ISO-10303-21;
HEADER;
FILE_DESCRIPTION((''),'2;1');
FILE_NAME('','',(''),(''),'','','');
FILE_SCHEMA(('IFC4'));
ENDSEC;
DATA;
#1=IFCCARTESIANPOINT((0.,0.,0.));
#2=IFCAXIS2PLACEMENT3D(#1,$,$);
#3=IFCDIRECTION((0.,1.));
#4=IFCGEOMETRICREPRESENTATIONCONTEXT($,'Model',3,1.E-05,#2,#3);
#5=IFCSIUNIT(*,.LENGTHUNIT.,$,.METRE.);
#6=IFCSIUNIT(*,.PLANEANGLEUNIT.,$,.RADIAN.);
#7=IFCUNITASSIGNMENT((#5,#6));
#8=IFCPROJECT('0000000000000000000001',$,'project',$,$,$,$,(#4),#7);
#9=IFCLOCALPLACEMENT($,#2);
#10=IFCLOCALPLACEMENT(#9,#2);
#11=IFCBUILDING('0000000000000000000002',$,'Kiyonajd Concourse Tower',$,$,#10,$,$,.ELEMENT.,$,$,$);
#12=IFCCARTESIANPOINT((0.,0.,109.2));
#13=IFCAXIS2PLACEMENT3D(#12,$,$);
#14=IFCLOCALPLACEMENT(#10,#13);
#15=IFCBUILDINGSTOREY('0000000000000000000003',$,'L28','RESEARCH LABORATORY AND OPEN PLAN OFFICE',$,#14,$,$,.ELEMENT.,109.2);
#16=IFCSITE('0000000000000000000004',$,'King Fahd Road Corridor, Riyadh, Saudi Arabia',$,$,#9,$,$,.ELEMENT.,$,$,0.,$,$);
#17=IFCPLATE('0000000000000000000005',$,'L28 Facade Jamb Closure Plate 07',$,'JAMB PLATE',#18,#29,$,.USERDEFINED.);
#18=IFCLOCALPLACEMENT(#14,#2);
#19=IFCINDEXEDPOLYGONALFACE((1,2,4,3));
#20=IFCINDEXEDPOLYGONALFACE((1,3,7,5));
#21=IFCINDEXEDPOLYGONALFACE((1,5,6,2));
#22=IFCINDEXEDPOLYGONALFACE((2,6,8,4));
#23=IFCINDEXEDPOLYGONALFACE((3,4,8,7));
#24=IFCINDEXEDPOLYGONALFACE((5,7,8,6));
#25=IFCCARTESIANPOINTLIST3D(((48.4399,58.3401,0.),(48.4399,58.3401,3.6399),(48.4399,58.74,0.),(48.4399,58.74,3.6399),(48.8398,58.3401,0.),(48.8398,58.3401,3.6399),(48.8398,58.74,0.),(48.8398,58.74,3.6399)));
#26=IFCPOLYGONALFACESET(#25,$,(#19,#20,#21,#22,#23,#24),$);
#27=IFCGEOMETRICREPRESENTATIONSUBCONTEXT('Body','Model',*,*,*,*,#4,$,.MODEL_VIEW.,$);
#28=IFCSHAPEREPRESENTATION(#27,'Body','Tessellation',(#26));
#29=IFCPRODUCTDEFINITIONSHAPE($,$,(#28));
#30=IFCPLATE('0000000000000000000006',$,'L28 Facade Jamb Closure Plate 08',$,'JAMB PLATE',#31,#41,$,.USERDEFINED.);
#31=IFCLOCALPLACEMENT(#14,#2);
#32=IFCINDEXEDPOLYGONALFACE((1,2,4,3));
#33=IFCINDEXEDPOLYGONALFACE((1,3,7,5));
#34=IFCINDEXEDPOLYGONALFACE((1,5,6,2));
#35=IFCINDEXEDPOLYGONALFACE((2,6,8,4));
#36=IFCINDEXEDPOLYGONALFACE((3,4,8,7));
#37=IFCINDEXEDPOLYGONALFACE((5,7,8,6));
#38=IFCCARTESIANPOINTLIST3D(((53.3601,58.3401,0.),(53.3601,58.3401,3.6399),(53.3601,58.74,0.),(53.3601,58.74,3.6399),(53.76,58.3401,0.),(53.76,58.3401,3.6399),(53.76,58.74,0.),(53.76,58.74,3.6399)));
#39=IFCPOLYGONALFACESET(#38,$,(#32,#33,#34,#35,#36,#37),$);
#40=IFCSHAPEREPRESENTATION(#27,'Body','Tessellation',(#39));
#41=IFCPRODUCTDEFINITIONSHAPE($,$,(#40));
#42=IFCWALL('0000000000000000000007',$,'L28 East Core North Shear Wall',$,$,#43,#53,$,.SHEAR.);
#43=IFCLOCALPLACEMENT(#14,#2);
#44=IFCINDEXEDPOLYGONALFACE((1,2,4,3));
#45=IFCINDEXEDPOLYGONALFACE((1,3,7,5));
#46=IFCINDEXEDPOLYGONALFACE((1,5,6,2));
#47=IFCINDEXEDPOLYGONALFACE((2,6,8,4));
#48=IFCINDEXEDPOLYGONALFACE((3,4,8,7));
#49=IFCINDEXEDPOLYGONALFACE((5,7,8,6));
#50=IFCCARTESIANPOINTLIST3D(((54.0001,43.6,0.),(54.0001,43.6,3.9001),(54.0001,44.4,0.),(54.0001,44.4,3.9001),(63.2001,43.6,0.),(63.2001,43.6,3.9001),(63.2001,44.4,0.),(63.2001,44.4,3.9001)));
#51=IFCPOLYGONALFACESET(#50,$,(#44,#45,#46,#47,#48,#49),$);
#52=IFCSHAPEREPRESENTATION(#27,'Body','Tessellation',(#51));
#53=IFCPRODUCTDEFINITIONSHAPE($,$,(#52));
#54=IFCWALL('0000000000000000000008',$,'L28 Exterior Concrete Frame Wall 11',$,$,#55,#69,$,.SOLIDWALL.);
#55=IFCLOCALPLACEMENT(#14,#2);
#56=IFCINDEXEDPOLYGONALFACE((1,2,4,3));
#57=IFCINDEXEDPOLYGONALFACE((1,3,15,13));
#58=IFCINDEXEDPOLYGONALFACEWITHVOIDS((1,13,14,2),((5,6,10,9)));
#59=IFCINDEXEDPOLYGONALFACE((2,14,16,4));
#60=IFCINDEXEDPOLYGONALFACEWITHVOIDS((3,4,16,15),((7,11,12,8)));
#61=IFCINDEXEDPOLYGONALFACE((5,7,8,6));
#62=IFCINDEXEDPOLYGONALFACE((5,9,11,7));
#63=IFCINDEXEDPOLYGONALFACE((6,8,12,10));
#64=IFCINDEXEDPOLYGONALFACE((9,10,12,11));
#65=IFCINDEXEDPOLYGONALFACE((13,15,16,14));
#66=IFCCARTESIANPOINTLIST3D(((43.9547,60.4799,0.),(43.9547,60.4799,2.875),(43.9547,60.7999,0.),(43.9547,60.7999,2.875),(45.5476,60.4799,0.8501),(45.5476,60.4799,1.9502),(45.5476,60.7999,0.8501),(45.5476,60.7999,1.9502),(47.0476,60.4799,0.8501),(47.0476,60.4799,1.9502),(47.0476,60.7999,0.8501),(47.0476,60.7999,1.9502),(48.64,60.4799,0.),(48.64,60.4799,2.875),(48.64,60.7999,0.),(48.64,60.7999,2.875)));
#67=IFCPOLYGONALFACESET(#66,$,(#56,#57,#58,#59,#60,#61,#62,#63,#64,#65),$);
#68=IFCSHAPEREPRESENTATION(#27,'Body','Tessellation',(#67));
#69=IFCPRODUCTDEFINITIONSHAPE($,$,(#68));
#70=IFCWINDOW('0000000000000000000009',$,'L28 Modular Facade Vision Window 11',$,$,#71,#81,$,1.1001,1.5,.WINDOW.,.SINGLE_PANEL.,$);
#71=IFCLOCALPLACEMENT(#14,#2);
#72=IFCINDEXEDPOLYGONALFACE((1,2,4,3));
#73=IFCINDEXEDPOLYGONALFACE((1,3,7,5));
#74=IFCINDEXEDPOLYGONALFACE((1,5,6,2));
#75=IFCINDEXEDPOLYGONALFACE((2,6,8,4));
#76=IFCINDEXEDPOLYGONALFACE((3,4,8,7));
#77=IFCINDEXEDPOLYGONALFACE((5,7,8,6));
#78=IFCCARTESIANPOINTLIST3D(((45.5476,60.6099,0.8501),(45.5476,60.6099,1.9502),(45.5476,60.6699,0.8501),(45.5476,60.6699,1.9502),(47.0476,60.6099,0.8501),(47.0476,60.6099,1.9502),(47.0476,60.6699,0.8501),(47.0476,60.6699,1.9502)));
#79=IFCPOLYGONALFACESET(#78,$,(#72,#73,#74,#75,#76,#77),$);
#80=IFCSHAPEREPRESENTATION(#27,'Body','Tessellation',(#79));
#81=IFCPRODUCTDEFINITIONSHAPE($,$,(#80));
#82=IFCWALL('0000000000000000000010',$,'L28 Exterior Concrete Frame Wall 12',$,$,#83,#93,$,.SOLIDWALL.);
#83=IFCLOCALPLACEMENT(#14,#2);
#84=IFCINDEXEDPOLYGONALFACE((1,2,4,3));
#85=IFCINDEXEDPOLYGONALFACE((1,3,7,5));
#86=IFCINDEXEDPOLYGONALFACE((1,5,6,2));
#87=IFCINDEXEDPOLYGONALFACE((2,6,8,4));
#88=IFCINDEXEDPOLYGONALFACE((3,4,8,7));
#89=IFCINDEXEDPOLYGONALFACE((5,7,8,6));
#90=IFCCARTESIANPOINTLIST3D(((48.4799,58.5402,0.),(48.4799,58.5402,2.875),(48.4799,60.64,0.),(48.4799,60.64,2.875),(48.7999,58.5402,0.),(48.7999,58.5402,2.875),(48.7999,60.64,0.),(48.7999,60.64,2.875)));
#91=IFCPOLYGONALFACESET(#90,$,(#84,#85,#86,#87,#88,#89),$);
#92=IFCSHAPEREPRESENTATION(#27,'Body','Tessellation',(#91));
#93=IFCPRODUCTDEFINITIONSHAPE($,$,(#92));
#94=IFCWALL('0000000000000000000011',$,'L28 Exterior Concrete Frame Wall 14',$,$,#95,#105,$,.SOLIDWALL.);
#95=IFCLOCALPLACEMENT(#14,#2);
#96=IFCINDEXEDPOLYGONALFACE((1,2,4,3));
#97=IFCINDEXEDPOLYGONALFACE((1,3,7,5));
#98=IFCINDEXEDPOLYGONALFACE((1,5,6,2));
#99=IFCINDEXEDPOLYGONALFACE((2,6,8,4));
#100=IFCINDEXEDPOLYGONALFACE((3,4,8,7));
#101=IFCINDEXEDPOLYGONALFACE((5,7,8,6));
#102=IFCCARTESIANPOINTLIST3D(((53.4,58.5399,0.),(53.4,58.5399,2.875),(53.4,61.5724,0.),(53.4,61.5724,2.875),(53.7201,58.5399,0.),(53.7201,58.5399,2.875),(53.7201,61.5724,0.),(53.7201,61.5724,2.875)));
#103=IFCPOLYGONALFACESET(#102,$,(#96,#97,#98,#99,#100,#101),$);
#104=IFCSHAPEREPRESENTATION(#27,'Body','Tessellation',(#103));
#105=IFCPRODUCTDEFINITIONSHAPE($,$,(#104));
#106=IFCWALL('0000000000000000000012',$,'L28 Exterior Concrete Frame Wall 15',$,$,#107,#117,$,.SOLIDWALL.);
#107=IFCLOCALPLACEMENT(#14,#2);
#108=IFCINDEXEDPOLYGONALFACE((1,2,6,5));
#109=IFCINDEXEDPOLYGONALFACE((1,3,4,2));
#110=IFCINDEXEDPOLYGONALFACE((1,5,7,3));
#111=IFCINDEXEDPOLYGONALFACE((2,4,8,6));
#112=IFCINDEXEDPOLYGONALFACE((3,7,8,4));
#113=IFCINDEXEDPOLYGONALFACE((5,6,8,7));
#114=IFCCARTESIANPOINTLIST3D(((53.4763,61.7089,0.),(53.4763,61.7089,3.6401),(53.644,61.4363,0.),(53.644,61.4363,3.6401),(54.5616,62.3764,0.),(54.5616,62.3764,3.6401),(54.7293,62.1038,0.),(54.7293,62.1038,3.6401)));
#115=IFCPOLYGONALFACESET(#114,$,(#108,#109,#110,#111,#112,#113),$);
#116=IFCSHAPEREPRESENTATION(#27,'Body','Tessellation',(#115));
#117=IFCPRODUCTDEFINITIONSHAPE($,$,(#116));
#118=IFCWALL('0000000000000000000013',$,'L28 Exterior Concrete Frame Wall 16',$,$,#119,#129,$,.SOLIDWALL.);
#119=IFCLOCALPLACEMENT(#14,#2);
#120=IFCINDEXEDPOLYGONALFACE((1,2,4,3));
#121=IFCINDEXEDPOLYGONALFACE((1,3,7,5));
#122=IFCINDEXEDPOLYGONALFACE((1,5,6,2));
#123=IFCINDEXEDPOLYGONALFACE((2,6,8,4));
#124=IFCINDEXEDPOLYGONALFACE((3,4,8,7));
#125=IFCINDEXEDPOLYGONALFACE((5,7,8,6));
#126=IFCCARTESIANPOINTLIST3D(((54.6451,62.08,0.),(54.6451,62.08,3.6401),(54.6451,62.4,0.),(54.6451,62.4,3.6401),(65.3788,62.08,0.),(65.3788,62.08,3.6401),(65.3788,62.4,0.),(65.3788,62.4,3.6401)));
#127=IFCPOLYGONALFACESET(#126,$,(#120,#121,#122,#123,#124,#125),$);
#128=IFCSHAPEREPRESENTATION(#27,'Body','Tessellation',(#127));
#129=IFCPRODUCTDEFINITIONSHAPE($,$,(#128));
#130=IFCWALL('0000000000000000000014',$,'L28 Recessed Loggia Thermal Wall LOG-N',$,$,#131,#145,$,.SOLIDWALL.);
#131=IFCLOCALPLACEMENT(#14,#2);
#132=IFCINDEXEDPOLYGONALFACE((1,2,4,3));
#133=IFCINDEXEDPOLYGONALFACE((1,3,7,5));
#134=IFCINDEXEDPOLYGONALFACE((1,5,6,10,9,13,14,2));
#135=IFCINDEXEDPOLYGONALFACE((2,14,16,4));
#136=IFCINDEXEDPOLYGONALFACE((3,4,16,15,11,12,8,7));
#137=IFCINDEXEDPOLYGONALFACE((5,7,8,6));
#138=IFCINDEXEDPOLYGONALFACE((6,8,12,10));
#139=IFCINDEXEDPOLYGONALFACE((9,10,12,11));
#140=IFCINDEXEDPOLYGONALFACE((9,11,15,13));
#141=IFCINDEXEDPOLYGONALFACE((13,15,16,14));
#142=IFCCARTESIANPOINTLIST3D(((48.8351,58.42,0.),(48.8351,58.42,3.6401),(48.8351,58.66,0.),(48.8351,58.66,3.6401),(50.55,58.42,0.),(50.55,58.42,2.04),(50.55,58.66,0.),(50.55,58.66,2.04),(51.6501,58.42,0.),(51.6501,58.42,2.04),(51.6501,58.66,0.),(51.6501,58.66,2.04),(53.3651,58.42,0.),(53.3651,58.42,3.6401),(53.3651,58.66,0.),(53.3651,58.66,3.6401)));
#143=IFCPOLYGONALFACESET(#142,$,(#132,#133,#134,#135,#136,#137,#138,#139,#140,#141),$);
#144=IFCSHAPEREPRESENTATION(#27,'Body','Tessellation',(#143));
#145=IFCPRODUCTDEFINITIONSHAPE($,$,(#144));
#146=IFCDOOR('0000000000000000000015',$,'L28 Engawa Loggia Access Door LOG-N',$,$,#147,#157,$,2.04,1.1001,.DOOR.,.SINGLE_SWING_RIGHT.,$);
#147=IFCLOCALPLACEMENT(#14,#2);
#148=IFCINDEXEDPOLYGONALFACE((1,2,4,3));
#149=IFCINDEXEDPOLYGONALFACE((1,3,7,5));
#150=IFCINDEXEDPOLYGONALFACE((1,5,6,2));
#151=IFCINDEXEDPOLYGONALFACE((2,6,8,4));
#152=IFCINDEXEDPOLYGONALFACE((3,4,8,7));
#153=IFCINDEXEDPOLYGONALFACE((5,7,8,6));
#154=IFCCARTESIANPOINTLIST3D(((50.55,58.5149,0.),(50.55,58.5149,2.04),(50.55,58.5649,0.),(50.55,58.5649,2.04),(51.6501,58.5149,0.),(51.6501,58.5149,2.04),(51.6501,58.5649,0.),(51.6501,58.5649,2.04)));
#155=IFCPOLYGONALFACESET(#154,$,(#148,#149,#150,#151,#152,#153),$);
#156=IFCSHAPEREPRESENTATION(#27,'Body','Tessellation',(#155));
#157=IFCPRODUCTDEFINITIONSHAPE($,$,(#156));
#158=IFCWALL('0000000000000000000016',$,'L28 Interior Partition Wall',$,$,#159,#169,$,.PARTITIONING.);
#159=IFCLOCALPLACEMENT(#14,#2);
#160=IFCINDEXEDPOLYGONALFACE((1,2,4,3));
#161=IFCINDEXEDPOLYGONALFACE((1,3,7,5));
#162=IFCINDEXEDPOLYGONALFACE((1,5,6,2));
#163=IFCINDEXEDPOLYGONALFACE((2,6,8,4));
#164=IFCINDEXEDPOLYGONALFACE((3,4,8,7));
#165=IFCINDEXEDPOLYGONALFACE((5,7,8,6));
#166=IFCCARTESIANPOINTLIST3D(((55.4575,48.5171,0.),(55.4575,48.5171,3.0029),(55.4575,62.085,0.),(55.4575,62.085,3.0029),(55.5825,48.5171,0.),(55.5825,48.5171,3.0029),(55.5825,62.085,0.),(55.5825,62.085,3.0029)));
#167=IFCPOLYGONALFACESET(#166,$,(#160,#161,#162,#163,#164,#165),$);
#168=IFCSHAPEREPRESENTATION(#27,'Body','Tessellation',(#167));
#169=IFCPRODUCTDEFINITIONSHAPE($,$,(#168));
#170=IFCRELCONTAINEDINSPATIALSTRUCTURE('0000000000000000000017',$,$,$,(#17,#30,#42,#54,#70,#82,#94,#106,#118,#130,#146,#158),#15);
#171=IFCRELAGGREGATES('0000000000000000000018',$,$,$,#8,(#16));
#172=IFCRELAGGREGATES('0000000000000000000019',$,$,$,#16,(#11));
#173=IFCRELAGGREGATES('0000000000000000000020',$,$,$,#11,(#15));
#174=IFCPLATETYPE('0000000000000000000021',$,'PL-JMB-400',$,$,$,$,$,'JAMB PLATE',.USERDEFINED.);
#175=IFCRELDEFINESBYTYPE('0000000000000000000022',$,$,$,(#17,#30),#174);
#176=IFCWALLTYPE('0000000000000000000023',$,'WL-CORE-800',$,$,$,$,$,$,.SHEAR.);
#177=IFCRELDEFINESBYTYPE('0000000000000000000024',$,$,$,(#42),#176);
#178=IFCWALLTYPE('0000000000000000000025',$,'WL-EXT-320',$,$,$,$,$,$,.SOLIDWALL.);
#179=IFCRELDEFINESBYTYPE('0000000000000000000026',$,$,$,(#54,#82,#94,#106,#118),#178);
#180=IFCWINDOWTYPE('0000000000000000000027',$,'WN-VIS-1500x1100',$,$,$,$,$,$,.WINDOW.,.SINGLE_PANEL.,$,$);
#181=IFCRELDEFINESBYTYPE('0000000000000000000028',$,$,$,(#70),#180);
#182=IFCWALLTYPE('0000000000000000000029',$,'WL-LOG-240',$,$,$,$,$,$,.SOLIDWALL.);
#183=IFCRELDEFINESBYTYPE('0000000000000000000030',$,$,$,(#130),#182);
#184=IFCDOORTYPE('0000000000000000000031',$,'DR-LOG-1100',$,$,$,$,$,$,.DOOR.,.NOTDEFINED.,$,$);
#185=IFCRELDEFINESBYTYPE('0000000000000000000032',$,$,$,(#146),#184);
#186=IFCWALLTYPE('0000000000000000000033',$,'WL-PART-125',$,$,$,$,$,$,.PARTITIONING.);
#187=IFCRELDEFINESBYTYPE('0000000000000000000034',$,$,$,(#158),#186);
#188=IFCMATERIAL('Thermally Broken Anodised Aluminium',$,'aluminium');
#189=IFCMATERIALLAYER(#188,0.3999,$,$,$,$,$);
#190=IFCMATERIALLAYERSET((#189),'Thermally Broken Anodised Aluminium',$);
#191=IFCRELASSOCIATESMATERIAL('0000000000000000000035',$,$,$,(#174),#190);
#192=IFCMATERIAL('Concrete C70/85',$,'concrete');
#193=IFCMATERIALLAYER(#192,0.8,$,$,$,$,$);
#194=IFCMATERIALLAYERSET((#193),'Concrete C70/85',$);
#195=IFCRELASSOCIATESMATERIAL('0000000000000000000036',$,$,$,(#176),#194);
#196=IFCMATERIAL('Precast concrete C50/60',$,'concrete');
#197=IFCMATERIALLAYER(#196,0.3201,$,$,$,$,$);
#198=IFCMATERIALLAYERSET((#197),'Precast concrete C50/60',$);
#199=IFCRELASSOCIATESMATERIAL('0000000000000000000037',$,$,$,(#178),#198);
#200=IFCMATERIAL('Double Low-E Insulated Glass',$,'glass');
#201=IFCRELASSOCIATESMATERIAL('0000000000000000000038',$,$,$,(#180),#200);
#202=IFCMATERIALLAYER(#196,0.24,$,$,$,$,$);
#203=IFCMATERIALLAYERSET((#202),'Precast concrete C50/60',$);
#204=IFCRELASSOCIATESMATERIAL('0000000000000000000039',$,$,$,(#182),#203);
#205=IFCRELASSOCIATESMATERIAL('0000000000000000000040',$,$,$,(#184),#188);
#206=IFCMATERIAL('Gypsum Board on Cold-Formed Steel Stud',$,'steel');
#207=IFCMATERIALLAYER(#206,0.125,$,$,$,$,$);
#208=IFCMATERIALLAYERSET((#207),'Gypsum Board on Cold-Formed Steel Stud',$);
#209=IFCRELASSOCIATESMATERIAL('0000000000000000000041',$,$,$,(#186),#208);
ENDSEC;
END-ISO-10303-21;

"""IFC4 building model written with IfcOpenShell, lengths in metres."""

from ifc_helpers import new_model, si_unit, direction, frame, frame_2d, origin, origin_2d, place, context, subcontext, project, spatial, rectangle, extrude, material, layer, layer_set, type_object, element, fill, save


model = new_model("IFC4")

# Units and contexts
model_context = context("Model", 3, precision=1e-05, world=origin(), true_north=direction((0.0, 1.0)))
body_context = subcontext(model_context, "Body", "Model", "MODEL_VIEW")
ifc_project = project(units=[si_unit("LENGTHUNIT", "METRE"), si_unit("PLANEANGLEUNIT", "RADIAN")], contexts=[model_context])

# Site, building, storey
site_placement = place(None, origin())
site = spatial("IfcSite", under=ifc_project, at=site_placement, Name="King Fahd Road Corridor, Riyadh, Saudi Arabia", CompositionType="ELEMENT", RefElevation=0.0)
building_placement = place(site_placement, origin())
building = spatial("IfcBuilding", under=site, at=building_placement, Name="Kiyonajd Concourse Tower", CompositionType="ELEMENT")
storey_placement = place(building_placement, frame((0.0, 0.0, 109.2)))
storey = spatial("IfcBuildingStorey", under=building, at=storey_placement, Name="L28", Description="RESEARCH LABORATORY AND OPEN PLAN OFFICE", CompositionType="ELEMENT", Elevation=109.2)

# Shared definitions
ifc_material_1 = material(Name="Concrete C70/85", Category="concrete")

# Shared definitions
ifc_material_2 = material(Name="Precast concrete C50/60", Category="concrete")

# Plates
ifc_material_3 = material(Name="Thermally Broken Anodised Aluminium", Category="aluminium")
ifc_layer_1 = layer(ifc_material_3, 0.3999)
ifc_layer_set_1 = layer_set([ifc_layer_1], Name="Thermally Broken Anodised Aluminium")
plate_type = type_object("IfcPlateType", Name="PL-JMB-400", ElementType="JAMB PLATE", PredefinedType="USERDEFINED", material=ifc_layer_set_1)
for number, where, z_axis, x_axis, name in (
    (1, (48.6399, 58.54, 0.0), (0.0, 0.0, 1.0), (1.0, 0.0, 0.0), "L28 Facade Jamb Closure Plate 07"),
    (2, (53.5601, 58.54, 0.0), (0.0, 0.0, 1.0), (1.0, 0.0, 0.0), "L28 Facade Jamb Closure Plate 08"),
):
    element("IfcPlate", number, at=place(storey_placement, frame(where, z_axis=z_axis, x_axis=x_axis)), inside=storey, type_object=plate_type, Name=name, ObjectType="JAMB PLATE", PredefinedType="USERDEFINED", context=body_context, shape_type="SweptSolid", body=[
        extrude(rectangle(XDim=0.3999, YDim=0.3999, at=origin_2d()), origin(), (0.0, 0.0, 1.0), 3.6399),
    ])

# Wall
ifc_layer_2 = layer(ifc_material_1, 0.8)
ifc_layer_set_2 = layer_set([ifc_layer_2], Name="Concrete C70/85")
wall_type_1 = type_object("IfcWallType", Name="WL-CORE-800", PredefinedType="SHEAR", material=ifc_layer_set_2)
wall_1_placement = place(storey_placement, frame((54.0, 44.0, 0.0), z_axis=(0.0, 0.0, 1.0), x_axis=(1.0, 0.0, 0.0)))
element("IfcWall", 3, at=wall_1_placement, inside=storey, type_object=wall_type_1, Name="L28 East Core North Shear Wall", PredefinedType="SHEAR", context=body_context, shape_type="SweptSolid", body=[
    extrude(rectangle(XDim=9.2, YDim=0.8, at=frame_2d((4.6001, 0.0))), origin(), (0.0, 0.0, 1.0), 3.9001),
])

# Wall, opening, window
ifc_layer_3 = layer(ifc_material_2, 0.3201)
ifc_layer_set_3 = layer_set([ifc_layer_3], Name="Precast concrete C50/60")
wall_type_2 = type_object("IfcWallType", Name="WL-EXT-320", PredefinedType="SOLIDWALL", material=ifc_layer_set_3)
wall_2_placement = place(storey_placement, frame((43.9546, 60.6399, 0.0), z_axis=(0.0, 0.0, 1.0), x_axis=(1.0, 0.0, 0.0)))
wall_2 = element("IfcWall", 4, at=wall_2_placement, inside=storey, type_object=wall_type_2, Name="L28 Exterior Concrete Frame Wall 11", PredefinedType="SOLIDWALL", context=body_context, shape_type="SweptSolid", body=[
    extrude(rectangle(XDim=4.6853, YDim=0.3201, at=frame_2d((2.3428, 0.0))), origin(), (0.0, 0.0, 1.0), 2.875),
])
opening_1_placement = place(wall_2_placement, frame((1.593, 0.0, 0.8501)))
opening_1 = element("IfcOpeningElement", 5, at=opening_1_placement, cuts=wall_2, PredefinedType="OPENING", context=body_context, shape_type="SweptSolid", body=[
    extrude(rectangle(XDim=1.5, YDim=1.1001, at=frame_2d((0.75, 0.55))), frame((0.0, 0.1699, 0.0), z_axis=(0.0, -1.0, 0.0), x_axis=(1.0, 0.0, 0.0)), (0.0, 0.0, 1.0), 0.3401),
])
ifc_material_4 = material(Name="Double Low-E Insulated Glass", Category="glass")
window_type = type_object("IfcWindowType", Name="WN-VIS-1500x1100", PartitioningType="SINGLE_PANEL", PredefinedType="WINDOW", material=ifc_material_4)
window_placement = place(opening_1_placement, origin())
window = element("IfcWindow", 6, at=window_placement, inside=storey, type_object=window_type, Name="L28 Modular Facade Vision Window 11", OverallHeight=1.1001, OverallWidth=1.5, PartitioningType="SINGLE_PANEL", PredefinedType="WINDOW", context=body_context, shape_type="SweptSolid", body=[
    extrude(rectangle(XDim=1.5, YDim=1.1001, at=frame_2d((0.75, 0.55))), frame((0.0, 0.03, 0.0), z_axis=(0.0, -1.0, 0.0), x_axis=(1.0, 0.0, 0.0)), (0.0, 0.0, 1.0), 0.0601),
])
fill(opening_1, window)

# Walls
wall_3_placement = place(storey_placement, frame((48.6399, 60.6399, 0.0), z_axis=(0.0, 0.0, 1.0), x_axis=(0.0, -1.0, 0.0)))
element("IfcWall", 7, at=wall_3_placement, inside=storey, type_object=wall_type_2, Name="L28 Exterior Concrete Frame Wall 12", PredefinedType="SOLIDWALL", context=body_context, shape_type="SweptSolid", body=[
    extrude(rectangle(XDim=2.0999, YDim=0.3201, at=frame_2d((1.0498, 0.0))), origin(), (0.0, 0.0, 1.0), 2.875),
])
wall_4_placement = place(storey_placement, frame((53.5601, 58.54, 0.0), z_axis=(0.0, 0.0, 1.0), x_axis=(0.0, 1.0, 0.0)))
element("IfcWall", 8, at=wall_4_placement, inside=storey, type_object=wall_type_2, Name="L28 Exterior Concrete Frame Wall 14", PredefinedType="SOLIDWALL", context=body_context, shape_type="SweptSolid", body=[
    extrude(rectangle(XDim=3.0325, YDim=0.3201, at=frame_2d((1.5161, 0.0))), origin(), (0.0, 0.0, 1.0), 2.875),
])
wall_5_placement = place(storey_placement, frame((53.5601, 61.5725, 0.0), z_axis=(0.0, 0.0, 1.0), x_axis=(0.851777, 0.523905, 0.0)))
element("IfcWall", 9, at=wall_5_placement, inside=storey, type_object=wall_type_2, Name="L28 Exterior Concrete Frame Wall 15", PredefinedType="SOLIDWALL", context=body_context, shape_type="SweptSolid", body=[
    extrude(rectangle(XDim=1.2742, YDim=0.3201, at=frame_2d((0.6372, 0.0))), origin(), (0.0, 0.0, 1.0), 3.6401),
])
wall_6_placement = place(storey_placement, frame((54.6453, 62.24, 0.0), z_axis=(0.0, 0.0, 1.0), x_axis=(1.0, 0.0, 0.0)))
element("IfcWall", 10, at=wall_6_placement, inside=storey, type_object=wall_type_2, Name="L28 Exterior Concrete Frame Wall 16", PredefinedType="SOLIDWALL", context=body_context, shape_type="SweptSolid", body=[
    extrude(rectangle(XDim=10.7336, YDim=0.3201, at=frame_2d((5.3667, 0.0))), origin(), (0.0, 0.0, 1.0), 3.6401),
])

# Wall, opening, door
ifc_layer_4 = layer(ifc_material_2, 0.24)
ifc_layer_set_4 = layer_set([ifc_layer_4], Name="Precast concrete C50/60")
wall_type_3 = type_object("IfcWallType", Name="WL-LOG-240", PredefinedType="SOLIDWALL", material=ifc_layer_set_4)
wall_7_placement = place(storey_placement, frame((48.835, 58.54, 0.0), z_axis=(0.0, 0.0, 1.0), x_axis=(1.0, 0.0, 0.0)))
wall_7 = element("IfcWall", 11, at=wall_7_placement, inside=storey, type_object=wall_type_3, Name="L28 Recessed Loggia Thermal Wall LOG-N", PredefinedType="SOLIDWALL", context=body_context, shape_type="SweptSolid", body=[
    extrude(rectangle(XDim=4.53, YDim=0.24, at=frame_2d((2.2651, 0.0))), origin(), (0.0, 0.0, 1.0), 3.6401),
])
opening_2_placement = place(wall_7_placement, frame((1.7151, 0.0, 0.0)))
opening_2 = element("IfcOpeningElement", 12, at=opening_2_placement, cuts=wall_7, PredefinedType="OPENING", context=body_context, shape_type="SweptSolid", body=[
    extrude(rectangle(XDim=1.1001, YDim=2.04, at=frame_2d((0.55, 1.02))), frame((0.0, 0.1299, 0.0), z_axis=(0.0, -1.0, 0.0), x_axis=(1.0, 0.0, 0.0)), (0.0, 0.0, 1.0), 0.26),
])
door_type = type_object("IfcDoorType", Name="DR-LOG-1100", OperationType="NOTDEFINED", PredefinedType="DOOR", material=ifc_material_3)
door_placement = place(opening_2_placement, origin())
door = element("IfcDoor", 13, at=door_placement, inside=storey, type_object=door_type, Name="L28 Engawa Loggia Access Door LOG-N", OperationType="SINGLE_SWING_RIGHT", OverallHeight=2.04, OverallWidth=1.1001, PredefinedType="DOOR", context=body_context, shape_type="SweptSolid", body=[
    extrude(rectangle(XDim=1.1001, YDim=2.04, at=frame_2d((0.55, 1.02))), frame((0.0, 0.0249, 0.0), z_axis=(0.0, -1.0, 0.0), x_axis=(1.0, 0.0, 0.0)), (0.0, 0.0, 1.0), 0.05),
])
fill(opening_2, door)

# Wall
ifc_material_5 = material(Name="Gypsum Board on Cold-Formed Steel Stud", Category="steel")
ifc_layer_5 = layer(ifc_material_5, 0.125)
ifc_layer_set_5 = layer_set([ifc_layer_5], Name="Gypsum Board on Cold-Formed Steel Stud")
wall_type_4 = type_object("IfcWallType", Name="WL-PART-125", PredefinedType="PARTITIONING", material=ifc_layer_set_5)
wall_8_placement = place(storey_placement, frame((55.52, 48.5171, 0.0), z_axis=(0.0, 0.0, 1.0), x_axis=(0.0, 1.0, 0.0)))
element("IfcWall", 14, at=wall_8_placement, inside=storey, type_object=wall_type_4, Name="L28 Interior Partition Wall", PredefinedType="PARTITIONING", context=body_context, shape_type="SweptSolid", body=[
    extrude(rectangle(XDim=13.5679, YDim=0.125, at=frame_2d((6.7839, 0.0))), origin(), (0.0, 0.0, 1.0), 3.0029),
])

save(model, "model.ifc")
